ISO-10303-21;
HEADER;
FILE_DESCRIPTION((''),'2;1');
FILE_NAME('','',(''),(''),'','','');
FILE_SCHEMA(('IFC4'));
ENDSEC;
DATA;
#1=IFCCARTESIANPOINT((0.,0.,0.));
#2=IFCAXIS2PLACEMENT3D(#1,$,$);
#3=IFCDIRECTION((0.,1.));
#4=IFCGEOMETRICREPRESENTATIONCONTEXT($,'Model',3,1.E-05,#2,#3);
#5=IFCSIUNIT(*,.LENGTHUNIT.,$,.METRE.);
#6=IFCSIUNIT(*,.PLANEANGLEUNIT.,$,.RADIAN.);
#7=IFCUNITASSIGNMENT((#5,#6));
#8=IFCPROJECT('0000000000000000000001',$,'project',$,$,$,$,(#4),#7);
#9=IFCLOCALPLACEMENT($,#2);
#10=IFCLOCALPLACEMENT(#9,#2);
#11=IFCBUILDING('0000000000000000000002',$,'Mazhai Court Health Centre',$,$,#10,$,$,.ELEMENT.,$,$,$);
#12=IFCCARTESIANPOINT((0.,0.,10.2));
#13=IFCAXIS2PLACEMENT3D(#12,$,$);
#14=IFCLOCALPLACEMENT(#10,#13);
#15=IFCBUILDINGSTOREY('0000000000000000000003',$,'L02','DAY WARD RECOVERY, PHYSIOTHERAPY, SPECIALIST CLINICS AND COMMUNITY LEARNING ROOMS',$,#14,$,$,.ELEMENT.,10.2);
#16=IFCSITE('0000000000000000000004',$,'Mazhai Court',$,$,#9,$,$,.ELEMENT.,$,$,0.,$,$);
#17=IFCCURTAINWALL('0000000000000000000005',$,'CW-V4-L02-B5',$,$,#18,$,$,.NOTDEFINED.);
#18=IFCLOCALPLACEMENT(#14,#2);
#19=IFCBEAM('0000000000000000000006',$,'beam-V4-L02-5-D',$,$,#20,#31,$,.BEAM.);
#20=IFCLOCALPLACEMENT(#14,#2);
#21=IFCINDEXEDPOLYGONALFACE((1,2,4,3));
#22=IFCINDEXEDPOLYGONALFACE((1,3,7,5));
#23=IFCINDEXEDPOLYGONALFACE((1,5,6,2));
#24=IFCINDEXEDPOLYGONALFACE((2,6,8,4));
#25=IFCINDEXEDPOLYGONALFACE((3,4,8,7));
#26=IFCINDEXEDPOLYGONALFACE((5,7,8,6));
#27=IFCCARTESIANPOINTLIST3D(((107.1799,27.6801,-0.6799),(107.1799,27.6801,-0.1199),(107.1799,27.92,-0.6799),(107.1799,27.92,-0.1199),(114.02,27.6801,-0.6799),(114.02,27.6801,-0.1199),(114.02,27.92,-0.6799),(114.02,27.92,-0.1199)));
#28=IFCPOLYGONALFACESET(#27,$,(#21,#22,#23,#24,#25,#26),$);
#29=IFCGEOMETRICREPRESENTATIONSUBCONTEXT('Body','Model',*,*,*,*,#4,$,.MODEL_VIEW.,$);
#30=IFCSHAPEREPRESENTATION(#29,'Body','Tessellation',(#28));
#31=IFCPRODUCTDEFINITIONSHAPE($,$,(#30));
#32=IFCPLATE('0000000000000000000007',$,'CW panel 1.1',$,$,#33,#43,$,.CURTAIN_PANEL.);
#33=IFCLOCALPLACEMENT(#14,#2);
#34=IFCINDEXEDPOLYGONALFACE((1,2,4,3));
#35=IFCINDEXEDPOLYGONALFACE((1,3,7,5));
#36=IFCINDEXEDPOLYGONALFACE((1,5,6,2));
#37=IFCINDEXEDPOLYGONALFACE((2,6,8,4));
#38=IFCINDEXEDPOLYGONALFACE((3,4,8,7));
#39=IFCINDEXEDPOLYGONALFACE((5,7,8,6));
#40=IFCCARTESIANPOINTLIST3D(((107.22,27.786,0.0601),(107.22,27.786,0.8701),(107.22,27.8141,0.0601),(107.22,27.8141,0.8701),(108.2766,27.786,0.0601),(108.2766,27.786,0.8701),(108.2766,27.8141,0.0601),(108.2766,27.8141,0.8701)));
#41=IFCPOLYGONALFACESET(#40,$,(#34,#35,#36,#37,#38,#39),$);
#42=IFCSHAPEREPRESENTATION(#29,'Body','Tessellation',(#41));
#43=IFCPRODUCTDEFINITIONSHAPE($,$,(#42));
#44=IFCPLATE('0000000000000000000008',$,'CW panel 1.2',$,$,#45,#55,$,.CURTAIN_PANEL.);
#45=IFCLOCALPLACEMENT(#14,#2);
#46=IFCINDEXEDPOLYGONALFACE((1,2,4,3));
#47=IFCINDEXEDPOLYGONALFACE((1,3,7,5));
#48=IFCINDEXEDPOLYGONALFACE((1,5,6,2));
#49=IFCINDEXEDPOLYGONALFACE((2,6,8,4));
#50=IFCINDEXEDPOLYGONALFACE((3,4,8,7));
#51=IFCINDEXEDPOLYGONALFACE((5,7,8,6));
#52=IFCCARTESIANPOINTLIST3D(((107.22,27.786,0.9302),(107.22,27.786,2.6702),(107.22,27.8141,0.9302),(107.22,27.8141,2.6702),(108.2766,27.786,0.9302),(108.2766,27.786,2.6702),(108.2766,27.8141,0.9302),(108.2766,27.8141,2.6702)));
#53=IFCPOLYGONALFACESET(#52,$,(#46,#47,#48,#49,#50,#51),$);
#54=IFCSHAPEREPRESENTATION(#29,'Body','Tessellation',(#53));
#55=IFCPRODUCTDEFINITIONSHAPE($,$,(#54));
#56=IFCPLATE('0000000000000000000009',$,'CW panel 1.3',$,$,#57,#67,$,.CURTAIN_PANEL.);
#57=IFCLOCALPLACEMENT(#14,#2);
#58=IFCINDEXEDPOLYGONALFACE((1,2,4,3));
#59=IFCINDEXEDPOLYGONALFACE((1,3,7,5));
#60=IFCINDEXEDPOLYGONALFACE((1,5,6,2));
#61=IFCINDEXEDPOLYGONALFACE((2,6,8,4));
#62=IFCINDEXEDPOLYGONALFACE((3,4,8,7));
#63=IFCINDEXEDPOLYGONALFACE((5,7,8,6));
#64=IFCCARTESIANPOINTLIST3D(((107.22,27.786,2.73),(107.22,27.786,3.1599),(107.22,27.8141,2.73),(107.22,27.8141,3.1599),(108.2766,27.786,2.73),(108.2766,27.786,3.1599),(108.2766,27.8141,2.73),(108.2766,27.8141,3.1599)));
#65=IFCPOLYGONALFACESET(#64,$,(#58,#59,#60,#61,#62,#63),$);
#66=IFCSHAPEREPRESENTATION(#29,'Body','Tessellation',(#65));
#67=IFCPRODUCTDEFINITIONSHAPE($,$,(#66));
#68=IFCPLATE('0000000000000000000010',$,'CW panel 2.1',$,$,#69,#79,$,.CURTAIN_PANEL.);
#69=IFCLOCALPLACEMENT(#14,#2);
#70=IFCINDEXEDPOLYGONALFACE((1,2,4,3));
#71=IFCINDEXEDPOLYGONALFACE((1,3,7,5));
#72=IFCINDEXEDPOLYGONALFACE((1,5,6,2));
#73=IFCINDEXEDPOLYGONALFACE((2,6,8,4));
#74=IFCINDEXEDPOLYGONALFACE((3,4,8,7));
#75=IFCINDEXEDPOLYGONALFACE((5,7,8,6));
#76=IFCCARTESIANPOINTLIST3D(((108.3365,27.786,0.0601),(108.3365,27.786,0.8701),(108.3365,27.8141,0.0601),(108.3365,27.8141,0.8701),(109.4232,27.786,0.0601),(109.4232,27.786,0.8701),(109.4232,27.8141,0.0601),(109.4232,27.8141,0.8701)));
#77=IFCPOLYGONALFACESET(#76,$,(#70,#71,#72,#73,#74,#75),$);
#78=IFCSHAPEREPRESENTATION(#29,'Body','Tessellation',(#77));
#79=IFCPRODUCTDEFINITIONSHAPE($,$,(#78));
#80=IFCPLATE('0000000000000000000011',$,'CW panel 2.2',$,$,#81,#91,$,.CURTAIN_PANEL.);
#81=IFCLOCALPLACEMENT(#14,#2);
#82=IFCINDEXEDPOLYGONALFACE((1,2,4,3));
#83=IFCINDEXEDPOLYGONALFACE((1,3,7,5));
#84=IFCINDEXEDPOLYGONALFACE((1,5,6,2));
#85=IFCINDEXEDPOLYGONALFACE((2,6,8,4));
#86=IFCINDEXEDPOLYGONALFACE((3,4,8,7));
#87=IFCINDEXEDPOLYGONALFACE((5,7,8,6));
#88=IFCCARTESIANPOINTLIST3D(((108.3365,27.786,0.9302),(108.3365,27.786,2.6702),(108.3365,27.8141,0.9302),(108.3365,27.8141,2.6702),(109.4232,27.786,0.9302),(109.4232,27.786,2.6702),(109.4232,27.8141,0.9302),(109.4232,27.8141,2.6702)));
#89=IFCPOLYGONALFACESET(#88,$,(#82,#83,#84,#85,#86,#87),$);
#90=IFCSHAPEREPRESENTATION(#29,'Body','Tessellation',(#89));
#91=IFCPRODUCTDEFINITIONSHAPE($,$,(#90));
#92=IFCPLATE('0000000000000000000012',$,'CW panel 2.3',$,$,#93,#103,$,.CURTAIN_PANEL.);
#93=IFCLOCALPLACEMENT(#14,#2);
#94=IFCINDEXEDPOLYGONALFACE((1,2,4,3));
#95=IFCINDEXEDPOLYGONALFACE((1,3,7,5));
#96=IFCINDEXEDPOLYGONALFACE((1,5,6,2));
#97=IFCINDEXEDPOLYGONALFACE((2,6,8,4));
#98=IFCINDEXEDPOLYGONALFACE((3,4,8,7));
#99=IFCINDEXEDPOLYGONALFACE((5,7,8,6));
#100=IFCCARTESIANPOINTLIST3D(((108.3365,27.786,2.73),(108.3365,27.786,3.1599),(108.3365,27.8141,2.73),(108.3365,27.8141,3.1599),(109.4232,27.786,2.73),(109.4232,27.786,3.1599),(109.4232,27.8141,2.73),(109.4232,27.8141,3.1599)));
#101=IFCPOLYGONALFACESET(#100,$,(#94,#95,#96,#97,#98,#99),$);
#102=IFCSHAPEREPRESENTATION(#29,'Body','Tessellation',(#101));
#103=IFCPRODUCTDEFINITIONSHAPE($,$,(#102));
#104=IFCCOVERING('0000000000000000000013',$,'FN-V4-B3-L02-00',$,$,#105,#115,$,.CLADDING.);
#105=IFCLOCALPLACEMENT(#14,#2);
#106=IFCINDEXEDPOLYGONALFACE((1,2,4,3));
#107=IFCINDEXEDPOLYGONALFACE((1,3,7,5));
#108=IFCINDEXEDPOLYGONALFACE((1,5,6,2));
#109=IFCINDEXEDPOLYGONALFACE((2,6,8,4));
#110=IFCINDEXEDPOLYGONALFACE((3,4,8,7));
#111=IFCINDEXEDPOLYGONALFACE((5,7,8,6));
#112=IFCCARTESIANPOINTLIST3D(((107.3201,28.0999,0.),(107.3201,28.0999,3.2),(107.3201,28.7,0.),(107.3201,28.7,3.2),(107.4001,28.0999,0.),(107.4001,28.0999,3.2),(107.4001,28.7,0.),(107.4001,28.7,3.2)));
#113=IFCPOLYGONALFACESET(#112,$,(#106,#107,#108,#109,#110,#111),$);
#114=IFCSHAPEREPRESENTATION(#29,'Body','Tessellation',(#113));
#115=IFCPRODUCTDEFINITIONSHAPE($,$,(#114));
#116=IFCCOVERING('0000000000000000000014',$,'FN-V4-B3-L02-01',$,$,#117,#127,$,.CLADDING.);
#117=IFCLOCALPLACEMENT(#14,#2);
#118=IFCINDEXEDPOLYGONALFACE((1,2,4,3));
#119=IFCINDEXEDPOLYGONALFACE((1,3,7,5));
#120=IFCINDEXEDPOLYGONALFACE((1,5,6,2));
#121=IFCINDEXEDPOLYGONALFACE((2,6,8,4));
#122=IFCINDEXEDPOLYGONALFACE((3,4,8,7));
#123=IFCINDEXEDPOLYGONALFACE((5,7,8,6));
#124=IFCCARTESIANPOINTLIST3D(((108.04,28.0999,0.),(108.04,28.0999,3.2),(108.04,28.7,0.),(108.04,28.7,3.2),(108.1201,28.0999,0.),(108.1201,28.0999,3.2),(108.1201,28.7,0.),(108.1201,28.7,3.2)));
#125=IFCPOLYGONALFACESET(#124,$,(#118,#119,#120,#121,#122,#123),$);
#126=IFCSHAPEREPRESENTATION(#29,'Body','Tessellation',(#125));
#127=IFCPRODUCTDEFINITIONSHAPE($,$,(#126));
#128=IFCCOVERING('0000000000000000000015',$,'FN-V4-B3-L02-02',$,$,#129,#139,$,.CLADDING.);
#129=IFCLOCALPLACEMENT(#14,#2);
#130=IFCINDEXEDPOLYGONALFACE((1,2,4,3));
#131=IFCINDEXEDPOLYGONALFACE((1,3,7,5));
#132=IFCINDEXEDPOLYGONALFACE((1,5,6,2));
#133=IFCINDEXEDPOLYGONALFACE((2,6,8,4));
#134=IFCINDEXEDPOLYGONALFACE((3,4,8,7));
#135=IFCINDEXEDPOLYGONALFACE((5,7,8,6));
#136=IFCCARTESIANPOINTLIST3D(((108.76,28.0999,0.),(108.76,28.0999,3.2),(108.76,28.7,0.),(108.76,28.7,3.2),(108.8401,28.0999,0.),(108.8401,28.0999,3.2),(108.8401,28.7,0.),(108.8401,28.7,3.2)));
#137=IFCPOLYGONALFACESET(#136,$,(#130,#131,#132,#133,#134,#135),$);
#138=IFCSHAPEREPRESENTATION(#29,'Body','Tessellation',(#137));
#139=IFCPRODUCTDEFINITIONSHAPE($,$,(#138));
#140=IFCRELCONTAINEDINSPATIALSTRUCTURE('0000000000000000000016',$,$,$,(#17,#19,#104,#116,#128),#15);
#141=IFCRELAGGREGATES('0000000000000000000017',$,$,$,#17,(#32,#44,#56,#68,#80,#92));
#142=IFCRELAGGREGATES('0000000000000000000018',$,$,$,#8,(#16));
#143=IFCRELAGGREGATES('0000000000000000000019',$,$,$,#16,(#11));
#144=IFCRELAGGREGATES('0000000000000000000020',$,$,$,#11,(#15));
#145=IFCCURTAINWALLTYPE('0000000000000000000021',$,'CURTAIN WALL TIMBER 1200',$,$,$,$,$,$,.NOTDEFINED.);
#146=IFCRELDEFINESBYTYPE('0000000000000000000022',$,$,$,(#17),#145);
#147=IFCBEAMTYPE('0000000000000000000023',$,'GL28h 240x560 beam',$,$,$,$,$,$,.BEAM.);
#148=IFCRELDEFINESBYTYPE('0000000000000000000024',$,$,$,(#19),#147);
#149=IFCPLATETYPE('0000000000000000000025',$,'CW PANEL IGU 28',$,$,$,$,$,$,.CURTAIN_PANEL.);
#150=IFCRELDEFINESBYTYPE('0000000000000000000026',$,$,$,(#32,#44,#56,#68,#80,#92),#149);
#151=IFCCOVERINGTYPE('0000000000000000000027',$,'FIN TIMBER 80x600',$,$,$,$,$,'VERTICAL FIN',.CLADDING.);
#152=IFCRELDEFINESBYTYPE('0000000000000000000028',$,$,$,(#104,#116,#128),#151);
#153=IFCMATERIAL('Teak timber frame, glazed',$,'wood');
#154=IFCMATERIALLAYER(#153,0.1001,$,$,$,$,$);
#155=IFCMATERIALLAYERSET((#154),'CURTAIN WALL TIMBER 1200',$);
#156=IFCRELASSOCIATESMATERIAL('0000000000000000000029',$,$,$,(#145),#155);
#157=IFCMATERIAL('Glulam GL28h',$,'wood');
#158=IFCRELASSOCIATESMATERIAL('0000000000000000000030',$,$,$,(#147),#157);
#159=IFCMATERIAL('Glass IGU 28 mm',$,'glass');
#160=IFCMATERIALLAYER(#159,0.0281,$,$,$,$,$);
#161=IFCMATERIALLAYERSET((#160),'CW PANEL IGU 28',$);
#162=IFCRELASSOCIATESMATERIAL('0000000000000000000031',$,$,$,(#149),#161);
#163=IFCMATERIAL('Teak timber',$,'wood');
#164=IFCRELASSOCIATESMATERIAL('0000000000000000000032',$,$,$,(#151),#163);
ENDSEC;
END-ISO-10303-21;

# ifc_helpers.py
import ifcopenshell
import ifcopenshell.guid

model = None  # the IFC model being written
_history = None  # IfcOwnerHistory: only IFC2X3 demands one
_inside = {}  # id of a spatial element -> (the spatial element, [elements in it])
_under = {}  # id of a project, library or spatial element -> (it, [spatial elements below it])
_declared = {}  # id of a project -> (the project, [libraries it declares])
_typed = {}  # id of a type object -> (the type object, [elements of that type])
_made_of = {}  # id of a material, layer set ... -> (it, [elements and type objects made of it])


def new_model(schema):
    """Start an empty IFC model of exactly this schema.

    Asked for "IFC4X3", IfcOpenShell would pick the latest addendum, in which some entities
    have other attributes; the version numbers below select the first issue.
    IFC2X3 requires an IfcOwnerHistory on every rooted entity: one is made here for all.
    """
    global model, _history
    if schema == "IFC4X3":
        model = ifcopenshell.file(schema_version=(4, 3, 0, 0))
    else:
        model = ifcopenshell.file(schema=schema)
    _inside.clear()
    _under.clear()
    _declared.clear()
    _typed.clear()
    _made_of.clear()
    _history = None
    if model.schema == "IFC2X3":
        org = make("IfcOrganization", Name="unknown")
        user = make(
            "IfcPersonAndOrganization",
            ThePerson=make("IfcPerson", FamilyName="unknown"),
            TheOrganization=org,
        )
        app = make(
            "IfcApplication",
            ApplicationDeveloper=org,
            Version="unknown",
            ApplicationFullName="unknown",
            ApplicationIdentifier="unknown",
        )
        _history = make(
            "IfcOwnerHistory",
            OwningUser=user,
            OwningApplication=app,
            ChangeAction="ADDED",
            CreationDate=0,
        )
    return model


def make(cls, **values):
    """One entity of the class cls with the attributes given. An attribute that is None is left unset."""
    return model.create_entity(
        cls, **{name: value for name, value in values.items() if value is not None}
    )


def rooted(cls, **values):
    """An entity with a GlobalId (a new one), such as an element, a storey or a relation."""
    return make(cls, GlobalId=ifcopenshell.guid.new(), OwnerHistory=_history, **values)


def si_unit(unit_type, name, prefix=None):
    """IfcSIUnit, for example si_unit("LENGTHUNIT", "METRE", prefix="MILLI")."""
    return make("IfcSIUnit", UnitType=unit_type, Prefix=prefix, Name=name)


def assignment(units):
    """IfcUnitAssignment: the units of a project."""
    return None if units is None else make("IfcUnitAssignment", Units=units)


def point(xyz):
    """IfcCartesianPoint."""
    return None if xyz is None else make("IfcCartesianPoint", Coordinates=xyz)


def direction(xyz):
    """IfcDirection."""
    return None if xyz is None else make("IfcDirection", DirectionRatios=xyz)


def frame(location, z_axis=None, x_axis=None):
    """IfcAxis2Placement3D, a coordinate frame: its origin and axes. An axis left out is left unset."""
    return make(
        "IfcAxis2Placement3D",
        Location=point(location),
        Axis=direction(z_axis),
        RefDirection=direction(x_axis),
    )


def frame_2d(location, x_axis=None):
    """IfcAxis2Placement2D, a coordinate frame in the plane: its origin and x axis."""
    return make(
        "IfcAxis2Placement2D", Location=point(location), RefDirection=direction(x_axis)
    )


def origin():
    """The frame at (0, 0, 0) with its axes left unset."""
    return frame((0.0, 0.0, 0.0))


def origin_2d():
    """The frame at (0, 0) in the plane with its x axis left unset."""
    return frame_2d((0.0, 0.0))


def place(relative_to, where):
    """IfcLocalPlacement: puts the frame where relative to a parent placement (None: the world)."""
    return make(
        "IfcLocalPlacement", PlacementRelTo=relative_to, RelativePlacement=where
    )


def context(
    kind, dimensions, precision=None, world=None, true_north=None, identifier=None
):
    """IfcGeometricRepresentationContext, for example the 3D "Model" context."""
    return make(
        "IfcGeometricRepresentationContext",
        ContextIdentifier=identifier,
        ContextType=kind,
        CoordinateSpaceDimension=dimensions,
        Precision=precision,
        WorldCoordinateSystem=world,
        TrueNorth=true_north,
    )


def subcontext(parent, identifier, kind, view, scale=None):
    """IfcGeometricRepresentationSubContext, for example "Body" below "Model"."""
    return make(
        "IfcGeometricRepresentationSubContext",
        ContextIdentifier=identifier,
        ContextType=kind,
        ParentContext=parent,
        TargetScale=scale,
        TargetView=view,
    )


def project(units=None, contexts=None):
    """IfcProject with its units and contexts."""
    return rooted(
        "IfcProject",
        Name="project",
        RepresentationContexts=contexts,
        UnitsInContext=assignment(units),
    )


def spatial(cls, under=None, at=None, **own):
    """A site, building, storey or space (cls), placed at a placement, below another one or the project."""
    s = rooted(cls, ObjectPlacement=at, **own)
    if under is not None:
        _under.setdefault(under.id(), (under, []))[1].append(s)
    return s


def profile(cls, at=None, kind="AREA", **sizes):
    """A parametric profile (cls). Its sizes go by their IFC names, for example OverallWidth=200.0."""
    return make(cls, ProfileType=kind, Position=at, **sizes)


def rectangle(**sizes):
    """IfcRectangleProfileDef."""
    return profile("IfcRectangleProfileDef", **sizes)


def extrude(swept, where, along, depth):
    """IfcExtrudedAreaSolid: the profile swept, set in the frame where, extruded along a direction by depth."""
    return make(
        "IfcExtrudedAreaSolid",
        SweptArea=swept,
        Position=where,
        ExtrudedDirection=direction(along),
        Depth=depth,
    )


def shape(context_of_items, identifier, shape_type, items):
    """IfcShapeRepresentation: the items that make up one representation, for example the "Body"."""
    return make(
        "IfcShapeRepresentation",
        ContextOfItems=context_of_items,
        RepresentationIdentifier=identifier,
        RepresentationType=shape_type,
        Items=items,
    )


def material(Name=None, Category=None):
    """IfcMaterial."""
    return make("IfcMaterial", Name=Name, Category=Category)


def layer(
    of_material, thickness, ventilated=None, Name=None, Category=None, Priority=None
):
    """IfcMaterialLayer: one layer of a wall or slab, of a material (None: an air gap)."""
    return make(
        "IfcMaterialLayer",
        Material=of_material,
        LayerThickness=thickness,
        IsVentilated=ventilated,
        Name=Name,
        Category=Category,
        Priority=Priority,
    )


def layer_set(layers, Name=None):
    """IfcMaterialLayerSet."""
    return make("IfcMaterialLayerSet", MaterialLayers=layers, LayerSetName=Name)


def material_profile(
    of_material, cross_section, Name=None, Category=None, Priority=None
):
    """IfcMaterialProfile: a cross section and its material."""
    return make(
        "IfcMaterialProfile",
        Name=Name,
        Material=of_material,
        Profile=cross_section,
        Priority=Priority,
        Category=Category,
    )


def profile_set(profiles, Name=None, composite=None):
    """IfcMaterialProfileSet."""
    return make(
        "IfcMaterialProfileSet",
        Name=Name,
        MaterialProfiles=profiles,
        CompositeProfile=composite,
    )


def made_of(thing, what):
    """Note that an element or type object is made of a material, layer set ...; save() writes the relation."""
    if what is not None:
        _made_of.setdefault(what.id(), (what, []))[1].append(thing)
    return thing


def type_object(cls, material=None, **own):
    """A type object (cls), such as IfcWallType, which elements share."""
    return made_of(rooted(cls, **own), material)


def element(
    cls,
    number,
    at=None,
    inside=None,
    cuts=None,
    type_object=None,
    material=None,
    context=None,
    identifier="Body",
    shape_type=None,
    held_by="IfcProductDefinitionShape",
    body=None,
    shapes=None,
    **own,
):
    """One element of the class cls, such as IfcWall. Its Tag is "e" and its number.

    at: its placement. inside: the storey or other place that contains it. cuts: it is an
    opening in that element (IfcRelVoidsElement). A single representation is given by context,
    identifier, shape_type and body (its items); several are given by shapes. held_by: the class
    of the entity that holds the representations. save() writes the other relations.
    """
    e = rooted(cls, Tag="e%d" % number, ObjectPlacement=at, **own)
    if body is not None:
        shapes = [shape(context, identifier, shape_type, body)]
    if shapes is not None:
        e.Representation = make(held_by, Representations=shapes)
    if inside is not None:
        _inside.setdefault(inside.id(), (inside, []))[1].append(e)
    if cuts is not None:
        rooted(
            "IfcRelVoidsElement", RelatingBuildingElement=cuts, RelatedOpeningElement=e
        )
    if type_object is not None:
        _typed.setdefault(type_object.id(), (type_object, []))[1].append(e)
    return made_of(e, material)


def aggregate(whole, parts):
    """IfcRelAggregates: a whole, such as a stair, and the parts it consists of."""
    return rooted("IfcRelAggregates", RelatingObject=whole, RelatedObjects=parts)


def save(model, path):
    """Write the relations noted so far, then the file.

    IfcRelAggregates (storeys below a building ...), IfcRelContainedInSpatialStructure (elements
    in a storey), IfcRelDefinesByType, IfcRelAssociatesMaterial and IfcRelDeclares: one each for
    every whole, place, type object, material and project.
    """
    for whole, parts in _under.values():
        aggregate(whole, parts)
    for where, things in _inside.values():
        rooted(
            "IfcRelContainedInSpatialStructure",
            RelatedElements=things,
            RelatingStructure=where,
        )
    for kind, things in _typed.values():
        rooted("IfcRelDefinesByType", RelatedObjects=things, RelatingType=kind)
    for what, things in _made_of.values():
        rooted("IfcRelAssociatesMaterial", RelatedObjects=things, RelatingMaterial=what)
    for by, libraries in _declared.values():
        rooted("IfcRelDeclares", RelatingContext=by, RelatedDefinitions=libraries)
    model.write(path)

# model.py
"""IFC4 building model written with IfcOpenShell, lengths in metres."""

from ifc_helpers import new_model, si_unit, direction, frame, origin, origin_2d, place, context, subcontext, project, spatial, rectangle, extrude, material, layer, layer_set, material_profile, profile_set, type_object, element, aggregate, save


model = new_model("IFC4")

# Units and contexts
model_context = context("Model", 3, precision=1e-05, world=origin(), true_north=direction((0.0, 1.0)))
body_context = subcontext(model_context, "Body", "Model", "MODEL_VIEW")
ifc_project = project(units=[si_unit("LENGTHUNIT", "METRE"), si_unit("PLANEANGLEUNIT", "RADIAN")], contexts=[model_context])

# Site, building, storey
site_placement = place(None, origin())
site = spatial("IfcSite", under=ifc_project, at=site_placement, Name="Mazhai Court", CompositionType="ELEMENT", RefElevation=0.0)
building_placement = place(site_placement, origin())
building = spatial("IfcBuilding", under=site, at=building_placement, Name="Mazhai Court Health Centre", CompositionType="ELEMENT")
storey_placement = place(building_placement, frame((0.0, 0.0, 10.2)))
storey = spatial("IfcBuildingStorey", under=building, at=storey_placement, Name="L02", Description="DAY WARD RECOVERY, PHYSIOTHERAPY, SPECIALIST CLINICS AND COMMUNITY LEARNING ROOMS", CompositionType="ELEMENT", Elevation=10.2)

# Curtain wall
ifc_material_1 = material(Name="Teak timber frame, glazed", Category="wood")
ifc_layer_1 = layer(ifc_material_1, 0.1001)
ifc_layer_set_1 = layer_set([ifc_layer_1], Name="CURTAIN WALL TIMBER 1200")
curtain_wall_type = type_object("IfcCurtainWallType", Name="CURTAIN WALL TIMBER 1200", PredefinedType="NOTDEFINED", material=ifc_layer_set_1)
curtain_wall_placement = place(storey_placement, origin())
curtain_wall = element("IfcCurtainWall", 1, at=curtain_wall_placement, inside=storey, type_object=curtain_wall_type, Name="CW-V4-L02-B5", PredefinedType="NOTDEFINED")

# Beam
ifc_material_2 = material(Name="Glulam GL28h", Category="wood")
ifc_material_profile_1 = material_profile(ifc_material_2, rectangle(XDim=0.24, YDim=0.5601, at=origin_2d()), Name="GL28h 240x560")
ifc_profile_set_1 = profile_set([ifc_material_profile_1], Name="Glulam GL28h")
beam_type = type_object("IfcBeamType", Name="GL28h 240x560 beam", PredefinedType="BEAM", material=ifc_profile_set_1)
beam_placement = place(storey_placement, frame((107.1799, 27.8, -0.3999), z_axis=(1.0, 0.0, 0.0), x_axis=(0.0, 1.0, 0.0)))
element("IfcBeam", 2, at=beam_placement, inside=storey, type_object=beam_type, Name="beam-V4-L02-5-D", PredefinedType="BEAM", context=body_context, shape_type="SweptSolid", body=[
    extrude(rectangle(XDim=0.24, YDim=0.5601, at=origin_2d()), origin(), (0.0, 0.0, 1.0), 6.8401),
])

# Plates
ifc_material_3 = material(Name="Glass IGU 28 mm", Category="glass")
ifc_layer_2 = layer(ifc_material_3, 0.0281)
ifc_layer_set_2 = layer_set([ifc_layer_2], Name="CW PANEL IGU 28")
plate_type = type_object("IfcPlateType", Name="CW PANEL IGU 28", PredefinedType="CURTAIN_PANEL", material=ifc_layer_set_2)
plate_1_placement = place(storey_placement, frame((107.7483, 27.8, 0.0601), z_axis=(0.0, 0.0, 1.0), x_axis=(1.0, 0.0, 0.0)))
plate_1 = element("IfcPlate", 3, at=plate_1_placement, type_object=plate_type, Name="CW panel 1.1", PredefinedType="CURTAIN_PANEL", context=body_context, shape_type="SweptSolid", body=[
    extrude(rectangle(XDim=1.0566, YDim=0.0281, at=origin_2d()), origin(), (0.0, 0.0, 1.0), 0.8101),
])
plate_2_placement = place(storey_placement, frame((107.7483, 27.8, 0.9302), z_axis=(0.0, 0.0, 1.0), x_axis=(1.0, 0.0, 0.0)))
plate_2 = element("IfcPlate", 4, at=plate_2_placement, type_object=plate_type, Name="CW panel 1.2", PredefinedType="CURTAIN_PANEL", context=body_context, shape_type="SweptSolid", body=[
    extrude(rectangle(XDim=1.0566, YDim=0.0281, at=origin_2d()), origin(), (0.0, 0.0, 1.0), 1.74),
])
plate_3_placement = place(storey_placement, frame((107.7483, 27.8, 2.73), z_axis=(0.0, 0.0, 1.0), x_axis=(1.0, 0.0, 0.0)))
plate_3 = element("IfcPlate", 5, at=plate_3_placement, type_object=plate_type, Name="CW panel 1.3", PredefinedType="CURTAIN_PANEL", context=body_context, shape_type="SweptSolid", body=[
    extrude(rectangle(XDim=1.0566, YDim=0.0281, at=origin_2d()), origin(), (0.0, 0.0, 1.0), 0.4299),
])
plate_4_placement = place(storey_placement, frame((108.8799, 27.8, 0.0601), z_axis=(0.0, 0.0, 1.0), x_axis=(1.0, 0.0, 0.0)))
plate_4 = element("IfcPlate", 6, at=plate_4_placement, type_object=plate_type, Name="CW panel 2.1", PredefinedType="CURTAIN_PANEL", context=body_context, shape_type="SweptSolid", body=[
    extrude(rectangle(XDim=1.0867, YDim=0.0281, at=origin_2d()), origin(), (0.0, 0.0, 1.0), 0.8101),
])
plate_5_placement = place(storey_placement, frame((108.8799, 27.8, 0.9302), z_axis=(0.0, 0.0, 1.0), x_axis=(1.0, 0.0, 0.0)))
plate_5 = element("IfcPlate", 7, at=plate_5_placement, type_object=plate_type, Name="CW panel 2.2", PredefinedType="CURTAIN_PANEL", context=body_context, shape_type="SweptSolid", body=[
    extrude(rectangle(XDim=1.0867, YDim=0.0281, at=origin_2d()), origin(), (0.0, 0.0, 1.0), 1.74),
])
plate_6_placement = place(storey_placement, frame((108.8799, 27.8, 2.73), z_axis=(0.0, 0.0, 1.0), x_axis=(1.0, 0.0, 0.0)))
plate_6 = element("IfcPlate", 8, at=plate_6_placement, type_object=plate_type, Name="CW panel 2.3", PredefinedType="CURTAIN_PANEL", context=body_context, shape_type="SweptSolid", body=[
    extrude(rectangle(XDim=1.0867, YDim=0.0281, at=origin_2d()), origin(), (0.0, 0.0, 1.0), 0.4299),
])
aggregate(curtain_wall, [plate_1, plate_2, plate_3, plate_4, plate_5, plate_6])

# Coverings
ifc_material_4 = material(Name="Teak timber", Category="wood")
covering_type = type_object("IfcCoveringType", Name="FIN TIMBER 80x600", ElementType="VERTICAL FIN", PredefinedType="CLADDING", material=ifc_material_4)
for number, where, z_axis, x_axis, name in (
    (9, (107.3601, 28.3999, 0.0), (0.0, 0.0, 1.0), (1.0, 0.0, 0.0), "FN-V4-B3-L02-00"),
    (10, (108.0801, 28.3999, 0.0), (0.0, 0.0, 1.0), (1.0, 0.0, 0.0), "FN-V4-B3-L02-01"),
    (11, (108.8, 28.3999, 0.0), (0.0, 0.0, 1.0), (1.0, 0.0, 0.0), "FN-V4-B3-L02-02"),
):
    element("IfcCovering", number, at=place(storey_placement, frame(where, z_axis=z_axis, x_axis=x_axis)), inside=storey, type_object=covering_type, Name=name, PredefinedType="CLADDING", context=body_context, shape_type="SweptSolid", body=[
        extrude(rectangle(XDim=0.0801, YDim=0.6001, at=origin_2d()), origin(), (0.0, 0.0, 1.0), 3.2),
    ])

save(model, "model.ifc")
